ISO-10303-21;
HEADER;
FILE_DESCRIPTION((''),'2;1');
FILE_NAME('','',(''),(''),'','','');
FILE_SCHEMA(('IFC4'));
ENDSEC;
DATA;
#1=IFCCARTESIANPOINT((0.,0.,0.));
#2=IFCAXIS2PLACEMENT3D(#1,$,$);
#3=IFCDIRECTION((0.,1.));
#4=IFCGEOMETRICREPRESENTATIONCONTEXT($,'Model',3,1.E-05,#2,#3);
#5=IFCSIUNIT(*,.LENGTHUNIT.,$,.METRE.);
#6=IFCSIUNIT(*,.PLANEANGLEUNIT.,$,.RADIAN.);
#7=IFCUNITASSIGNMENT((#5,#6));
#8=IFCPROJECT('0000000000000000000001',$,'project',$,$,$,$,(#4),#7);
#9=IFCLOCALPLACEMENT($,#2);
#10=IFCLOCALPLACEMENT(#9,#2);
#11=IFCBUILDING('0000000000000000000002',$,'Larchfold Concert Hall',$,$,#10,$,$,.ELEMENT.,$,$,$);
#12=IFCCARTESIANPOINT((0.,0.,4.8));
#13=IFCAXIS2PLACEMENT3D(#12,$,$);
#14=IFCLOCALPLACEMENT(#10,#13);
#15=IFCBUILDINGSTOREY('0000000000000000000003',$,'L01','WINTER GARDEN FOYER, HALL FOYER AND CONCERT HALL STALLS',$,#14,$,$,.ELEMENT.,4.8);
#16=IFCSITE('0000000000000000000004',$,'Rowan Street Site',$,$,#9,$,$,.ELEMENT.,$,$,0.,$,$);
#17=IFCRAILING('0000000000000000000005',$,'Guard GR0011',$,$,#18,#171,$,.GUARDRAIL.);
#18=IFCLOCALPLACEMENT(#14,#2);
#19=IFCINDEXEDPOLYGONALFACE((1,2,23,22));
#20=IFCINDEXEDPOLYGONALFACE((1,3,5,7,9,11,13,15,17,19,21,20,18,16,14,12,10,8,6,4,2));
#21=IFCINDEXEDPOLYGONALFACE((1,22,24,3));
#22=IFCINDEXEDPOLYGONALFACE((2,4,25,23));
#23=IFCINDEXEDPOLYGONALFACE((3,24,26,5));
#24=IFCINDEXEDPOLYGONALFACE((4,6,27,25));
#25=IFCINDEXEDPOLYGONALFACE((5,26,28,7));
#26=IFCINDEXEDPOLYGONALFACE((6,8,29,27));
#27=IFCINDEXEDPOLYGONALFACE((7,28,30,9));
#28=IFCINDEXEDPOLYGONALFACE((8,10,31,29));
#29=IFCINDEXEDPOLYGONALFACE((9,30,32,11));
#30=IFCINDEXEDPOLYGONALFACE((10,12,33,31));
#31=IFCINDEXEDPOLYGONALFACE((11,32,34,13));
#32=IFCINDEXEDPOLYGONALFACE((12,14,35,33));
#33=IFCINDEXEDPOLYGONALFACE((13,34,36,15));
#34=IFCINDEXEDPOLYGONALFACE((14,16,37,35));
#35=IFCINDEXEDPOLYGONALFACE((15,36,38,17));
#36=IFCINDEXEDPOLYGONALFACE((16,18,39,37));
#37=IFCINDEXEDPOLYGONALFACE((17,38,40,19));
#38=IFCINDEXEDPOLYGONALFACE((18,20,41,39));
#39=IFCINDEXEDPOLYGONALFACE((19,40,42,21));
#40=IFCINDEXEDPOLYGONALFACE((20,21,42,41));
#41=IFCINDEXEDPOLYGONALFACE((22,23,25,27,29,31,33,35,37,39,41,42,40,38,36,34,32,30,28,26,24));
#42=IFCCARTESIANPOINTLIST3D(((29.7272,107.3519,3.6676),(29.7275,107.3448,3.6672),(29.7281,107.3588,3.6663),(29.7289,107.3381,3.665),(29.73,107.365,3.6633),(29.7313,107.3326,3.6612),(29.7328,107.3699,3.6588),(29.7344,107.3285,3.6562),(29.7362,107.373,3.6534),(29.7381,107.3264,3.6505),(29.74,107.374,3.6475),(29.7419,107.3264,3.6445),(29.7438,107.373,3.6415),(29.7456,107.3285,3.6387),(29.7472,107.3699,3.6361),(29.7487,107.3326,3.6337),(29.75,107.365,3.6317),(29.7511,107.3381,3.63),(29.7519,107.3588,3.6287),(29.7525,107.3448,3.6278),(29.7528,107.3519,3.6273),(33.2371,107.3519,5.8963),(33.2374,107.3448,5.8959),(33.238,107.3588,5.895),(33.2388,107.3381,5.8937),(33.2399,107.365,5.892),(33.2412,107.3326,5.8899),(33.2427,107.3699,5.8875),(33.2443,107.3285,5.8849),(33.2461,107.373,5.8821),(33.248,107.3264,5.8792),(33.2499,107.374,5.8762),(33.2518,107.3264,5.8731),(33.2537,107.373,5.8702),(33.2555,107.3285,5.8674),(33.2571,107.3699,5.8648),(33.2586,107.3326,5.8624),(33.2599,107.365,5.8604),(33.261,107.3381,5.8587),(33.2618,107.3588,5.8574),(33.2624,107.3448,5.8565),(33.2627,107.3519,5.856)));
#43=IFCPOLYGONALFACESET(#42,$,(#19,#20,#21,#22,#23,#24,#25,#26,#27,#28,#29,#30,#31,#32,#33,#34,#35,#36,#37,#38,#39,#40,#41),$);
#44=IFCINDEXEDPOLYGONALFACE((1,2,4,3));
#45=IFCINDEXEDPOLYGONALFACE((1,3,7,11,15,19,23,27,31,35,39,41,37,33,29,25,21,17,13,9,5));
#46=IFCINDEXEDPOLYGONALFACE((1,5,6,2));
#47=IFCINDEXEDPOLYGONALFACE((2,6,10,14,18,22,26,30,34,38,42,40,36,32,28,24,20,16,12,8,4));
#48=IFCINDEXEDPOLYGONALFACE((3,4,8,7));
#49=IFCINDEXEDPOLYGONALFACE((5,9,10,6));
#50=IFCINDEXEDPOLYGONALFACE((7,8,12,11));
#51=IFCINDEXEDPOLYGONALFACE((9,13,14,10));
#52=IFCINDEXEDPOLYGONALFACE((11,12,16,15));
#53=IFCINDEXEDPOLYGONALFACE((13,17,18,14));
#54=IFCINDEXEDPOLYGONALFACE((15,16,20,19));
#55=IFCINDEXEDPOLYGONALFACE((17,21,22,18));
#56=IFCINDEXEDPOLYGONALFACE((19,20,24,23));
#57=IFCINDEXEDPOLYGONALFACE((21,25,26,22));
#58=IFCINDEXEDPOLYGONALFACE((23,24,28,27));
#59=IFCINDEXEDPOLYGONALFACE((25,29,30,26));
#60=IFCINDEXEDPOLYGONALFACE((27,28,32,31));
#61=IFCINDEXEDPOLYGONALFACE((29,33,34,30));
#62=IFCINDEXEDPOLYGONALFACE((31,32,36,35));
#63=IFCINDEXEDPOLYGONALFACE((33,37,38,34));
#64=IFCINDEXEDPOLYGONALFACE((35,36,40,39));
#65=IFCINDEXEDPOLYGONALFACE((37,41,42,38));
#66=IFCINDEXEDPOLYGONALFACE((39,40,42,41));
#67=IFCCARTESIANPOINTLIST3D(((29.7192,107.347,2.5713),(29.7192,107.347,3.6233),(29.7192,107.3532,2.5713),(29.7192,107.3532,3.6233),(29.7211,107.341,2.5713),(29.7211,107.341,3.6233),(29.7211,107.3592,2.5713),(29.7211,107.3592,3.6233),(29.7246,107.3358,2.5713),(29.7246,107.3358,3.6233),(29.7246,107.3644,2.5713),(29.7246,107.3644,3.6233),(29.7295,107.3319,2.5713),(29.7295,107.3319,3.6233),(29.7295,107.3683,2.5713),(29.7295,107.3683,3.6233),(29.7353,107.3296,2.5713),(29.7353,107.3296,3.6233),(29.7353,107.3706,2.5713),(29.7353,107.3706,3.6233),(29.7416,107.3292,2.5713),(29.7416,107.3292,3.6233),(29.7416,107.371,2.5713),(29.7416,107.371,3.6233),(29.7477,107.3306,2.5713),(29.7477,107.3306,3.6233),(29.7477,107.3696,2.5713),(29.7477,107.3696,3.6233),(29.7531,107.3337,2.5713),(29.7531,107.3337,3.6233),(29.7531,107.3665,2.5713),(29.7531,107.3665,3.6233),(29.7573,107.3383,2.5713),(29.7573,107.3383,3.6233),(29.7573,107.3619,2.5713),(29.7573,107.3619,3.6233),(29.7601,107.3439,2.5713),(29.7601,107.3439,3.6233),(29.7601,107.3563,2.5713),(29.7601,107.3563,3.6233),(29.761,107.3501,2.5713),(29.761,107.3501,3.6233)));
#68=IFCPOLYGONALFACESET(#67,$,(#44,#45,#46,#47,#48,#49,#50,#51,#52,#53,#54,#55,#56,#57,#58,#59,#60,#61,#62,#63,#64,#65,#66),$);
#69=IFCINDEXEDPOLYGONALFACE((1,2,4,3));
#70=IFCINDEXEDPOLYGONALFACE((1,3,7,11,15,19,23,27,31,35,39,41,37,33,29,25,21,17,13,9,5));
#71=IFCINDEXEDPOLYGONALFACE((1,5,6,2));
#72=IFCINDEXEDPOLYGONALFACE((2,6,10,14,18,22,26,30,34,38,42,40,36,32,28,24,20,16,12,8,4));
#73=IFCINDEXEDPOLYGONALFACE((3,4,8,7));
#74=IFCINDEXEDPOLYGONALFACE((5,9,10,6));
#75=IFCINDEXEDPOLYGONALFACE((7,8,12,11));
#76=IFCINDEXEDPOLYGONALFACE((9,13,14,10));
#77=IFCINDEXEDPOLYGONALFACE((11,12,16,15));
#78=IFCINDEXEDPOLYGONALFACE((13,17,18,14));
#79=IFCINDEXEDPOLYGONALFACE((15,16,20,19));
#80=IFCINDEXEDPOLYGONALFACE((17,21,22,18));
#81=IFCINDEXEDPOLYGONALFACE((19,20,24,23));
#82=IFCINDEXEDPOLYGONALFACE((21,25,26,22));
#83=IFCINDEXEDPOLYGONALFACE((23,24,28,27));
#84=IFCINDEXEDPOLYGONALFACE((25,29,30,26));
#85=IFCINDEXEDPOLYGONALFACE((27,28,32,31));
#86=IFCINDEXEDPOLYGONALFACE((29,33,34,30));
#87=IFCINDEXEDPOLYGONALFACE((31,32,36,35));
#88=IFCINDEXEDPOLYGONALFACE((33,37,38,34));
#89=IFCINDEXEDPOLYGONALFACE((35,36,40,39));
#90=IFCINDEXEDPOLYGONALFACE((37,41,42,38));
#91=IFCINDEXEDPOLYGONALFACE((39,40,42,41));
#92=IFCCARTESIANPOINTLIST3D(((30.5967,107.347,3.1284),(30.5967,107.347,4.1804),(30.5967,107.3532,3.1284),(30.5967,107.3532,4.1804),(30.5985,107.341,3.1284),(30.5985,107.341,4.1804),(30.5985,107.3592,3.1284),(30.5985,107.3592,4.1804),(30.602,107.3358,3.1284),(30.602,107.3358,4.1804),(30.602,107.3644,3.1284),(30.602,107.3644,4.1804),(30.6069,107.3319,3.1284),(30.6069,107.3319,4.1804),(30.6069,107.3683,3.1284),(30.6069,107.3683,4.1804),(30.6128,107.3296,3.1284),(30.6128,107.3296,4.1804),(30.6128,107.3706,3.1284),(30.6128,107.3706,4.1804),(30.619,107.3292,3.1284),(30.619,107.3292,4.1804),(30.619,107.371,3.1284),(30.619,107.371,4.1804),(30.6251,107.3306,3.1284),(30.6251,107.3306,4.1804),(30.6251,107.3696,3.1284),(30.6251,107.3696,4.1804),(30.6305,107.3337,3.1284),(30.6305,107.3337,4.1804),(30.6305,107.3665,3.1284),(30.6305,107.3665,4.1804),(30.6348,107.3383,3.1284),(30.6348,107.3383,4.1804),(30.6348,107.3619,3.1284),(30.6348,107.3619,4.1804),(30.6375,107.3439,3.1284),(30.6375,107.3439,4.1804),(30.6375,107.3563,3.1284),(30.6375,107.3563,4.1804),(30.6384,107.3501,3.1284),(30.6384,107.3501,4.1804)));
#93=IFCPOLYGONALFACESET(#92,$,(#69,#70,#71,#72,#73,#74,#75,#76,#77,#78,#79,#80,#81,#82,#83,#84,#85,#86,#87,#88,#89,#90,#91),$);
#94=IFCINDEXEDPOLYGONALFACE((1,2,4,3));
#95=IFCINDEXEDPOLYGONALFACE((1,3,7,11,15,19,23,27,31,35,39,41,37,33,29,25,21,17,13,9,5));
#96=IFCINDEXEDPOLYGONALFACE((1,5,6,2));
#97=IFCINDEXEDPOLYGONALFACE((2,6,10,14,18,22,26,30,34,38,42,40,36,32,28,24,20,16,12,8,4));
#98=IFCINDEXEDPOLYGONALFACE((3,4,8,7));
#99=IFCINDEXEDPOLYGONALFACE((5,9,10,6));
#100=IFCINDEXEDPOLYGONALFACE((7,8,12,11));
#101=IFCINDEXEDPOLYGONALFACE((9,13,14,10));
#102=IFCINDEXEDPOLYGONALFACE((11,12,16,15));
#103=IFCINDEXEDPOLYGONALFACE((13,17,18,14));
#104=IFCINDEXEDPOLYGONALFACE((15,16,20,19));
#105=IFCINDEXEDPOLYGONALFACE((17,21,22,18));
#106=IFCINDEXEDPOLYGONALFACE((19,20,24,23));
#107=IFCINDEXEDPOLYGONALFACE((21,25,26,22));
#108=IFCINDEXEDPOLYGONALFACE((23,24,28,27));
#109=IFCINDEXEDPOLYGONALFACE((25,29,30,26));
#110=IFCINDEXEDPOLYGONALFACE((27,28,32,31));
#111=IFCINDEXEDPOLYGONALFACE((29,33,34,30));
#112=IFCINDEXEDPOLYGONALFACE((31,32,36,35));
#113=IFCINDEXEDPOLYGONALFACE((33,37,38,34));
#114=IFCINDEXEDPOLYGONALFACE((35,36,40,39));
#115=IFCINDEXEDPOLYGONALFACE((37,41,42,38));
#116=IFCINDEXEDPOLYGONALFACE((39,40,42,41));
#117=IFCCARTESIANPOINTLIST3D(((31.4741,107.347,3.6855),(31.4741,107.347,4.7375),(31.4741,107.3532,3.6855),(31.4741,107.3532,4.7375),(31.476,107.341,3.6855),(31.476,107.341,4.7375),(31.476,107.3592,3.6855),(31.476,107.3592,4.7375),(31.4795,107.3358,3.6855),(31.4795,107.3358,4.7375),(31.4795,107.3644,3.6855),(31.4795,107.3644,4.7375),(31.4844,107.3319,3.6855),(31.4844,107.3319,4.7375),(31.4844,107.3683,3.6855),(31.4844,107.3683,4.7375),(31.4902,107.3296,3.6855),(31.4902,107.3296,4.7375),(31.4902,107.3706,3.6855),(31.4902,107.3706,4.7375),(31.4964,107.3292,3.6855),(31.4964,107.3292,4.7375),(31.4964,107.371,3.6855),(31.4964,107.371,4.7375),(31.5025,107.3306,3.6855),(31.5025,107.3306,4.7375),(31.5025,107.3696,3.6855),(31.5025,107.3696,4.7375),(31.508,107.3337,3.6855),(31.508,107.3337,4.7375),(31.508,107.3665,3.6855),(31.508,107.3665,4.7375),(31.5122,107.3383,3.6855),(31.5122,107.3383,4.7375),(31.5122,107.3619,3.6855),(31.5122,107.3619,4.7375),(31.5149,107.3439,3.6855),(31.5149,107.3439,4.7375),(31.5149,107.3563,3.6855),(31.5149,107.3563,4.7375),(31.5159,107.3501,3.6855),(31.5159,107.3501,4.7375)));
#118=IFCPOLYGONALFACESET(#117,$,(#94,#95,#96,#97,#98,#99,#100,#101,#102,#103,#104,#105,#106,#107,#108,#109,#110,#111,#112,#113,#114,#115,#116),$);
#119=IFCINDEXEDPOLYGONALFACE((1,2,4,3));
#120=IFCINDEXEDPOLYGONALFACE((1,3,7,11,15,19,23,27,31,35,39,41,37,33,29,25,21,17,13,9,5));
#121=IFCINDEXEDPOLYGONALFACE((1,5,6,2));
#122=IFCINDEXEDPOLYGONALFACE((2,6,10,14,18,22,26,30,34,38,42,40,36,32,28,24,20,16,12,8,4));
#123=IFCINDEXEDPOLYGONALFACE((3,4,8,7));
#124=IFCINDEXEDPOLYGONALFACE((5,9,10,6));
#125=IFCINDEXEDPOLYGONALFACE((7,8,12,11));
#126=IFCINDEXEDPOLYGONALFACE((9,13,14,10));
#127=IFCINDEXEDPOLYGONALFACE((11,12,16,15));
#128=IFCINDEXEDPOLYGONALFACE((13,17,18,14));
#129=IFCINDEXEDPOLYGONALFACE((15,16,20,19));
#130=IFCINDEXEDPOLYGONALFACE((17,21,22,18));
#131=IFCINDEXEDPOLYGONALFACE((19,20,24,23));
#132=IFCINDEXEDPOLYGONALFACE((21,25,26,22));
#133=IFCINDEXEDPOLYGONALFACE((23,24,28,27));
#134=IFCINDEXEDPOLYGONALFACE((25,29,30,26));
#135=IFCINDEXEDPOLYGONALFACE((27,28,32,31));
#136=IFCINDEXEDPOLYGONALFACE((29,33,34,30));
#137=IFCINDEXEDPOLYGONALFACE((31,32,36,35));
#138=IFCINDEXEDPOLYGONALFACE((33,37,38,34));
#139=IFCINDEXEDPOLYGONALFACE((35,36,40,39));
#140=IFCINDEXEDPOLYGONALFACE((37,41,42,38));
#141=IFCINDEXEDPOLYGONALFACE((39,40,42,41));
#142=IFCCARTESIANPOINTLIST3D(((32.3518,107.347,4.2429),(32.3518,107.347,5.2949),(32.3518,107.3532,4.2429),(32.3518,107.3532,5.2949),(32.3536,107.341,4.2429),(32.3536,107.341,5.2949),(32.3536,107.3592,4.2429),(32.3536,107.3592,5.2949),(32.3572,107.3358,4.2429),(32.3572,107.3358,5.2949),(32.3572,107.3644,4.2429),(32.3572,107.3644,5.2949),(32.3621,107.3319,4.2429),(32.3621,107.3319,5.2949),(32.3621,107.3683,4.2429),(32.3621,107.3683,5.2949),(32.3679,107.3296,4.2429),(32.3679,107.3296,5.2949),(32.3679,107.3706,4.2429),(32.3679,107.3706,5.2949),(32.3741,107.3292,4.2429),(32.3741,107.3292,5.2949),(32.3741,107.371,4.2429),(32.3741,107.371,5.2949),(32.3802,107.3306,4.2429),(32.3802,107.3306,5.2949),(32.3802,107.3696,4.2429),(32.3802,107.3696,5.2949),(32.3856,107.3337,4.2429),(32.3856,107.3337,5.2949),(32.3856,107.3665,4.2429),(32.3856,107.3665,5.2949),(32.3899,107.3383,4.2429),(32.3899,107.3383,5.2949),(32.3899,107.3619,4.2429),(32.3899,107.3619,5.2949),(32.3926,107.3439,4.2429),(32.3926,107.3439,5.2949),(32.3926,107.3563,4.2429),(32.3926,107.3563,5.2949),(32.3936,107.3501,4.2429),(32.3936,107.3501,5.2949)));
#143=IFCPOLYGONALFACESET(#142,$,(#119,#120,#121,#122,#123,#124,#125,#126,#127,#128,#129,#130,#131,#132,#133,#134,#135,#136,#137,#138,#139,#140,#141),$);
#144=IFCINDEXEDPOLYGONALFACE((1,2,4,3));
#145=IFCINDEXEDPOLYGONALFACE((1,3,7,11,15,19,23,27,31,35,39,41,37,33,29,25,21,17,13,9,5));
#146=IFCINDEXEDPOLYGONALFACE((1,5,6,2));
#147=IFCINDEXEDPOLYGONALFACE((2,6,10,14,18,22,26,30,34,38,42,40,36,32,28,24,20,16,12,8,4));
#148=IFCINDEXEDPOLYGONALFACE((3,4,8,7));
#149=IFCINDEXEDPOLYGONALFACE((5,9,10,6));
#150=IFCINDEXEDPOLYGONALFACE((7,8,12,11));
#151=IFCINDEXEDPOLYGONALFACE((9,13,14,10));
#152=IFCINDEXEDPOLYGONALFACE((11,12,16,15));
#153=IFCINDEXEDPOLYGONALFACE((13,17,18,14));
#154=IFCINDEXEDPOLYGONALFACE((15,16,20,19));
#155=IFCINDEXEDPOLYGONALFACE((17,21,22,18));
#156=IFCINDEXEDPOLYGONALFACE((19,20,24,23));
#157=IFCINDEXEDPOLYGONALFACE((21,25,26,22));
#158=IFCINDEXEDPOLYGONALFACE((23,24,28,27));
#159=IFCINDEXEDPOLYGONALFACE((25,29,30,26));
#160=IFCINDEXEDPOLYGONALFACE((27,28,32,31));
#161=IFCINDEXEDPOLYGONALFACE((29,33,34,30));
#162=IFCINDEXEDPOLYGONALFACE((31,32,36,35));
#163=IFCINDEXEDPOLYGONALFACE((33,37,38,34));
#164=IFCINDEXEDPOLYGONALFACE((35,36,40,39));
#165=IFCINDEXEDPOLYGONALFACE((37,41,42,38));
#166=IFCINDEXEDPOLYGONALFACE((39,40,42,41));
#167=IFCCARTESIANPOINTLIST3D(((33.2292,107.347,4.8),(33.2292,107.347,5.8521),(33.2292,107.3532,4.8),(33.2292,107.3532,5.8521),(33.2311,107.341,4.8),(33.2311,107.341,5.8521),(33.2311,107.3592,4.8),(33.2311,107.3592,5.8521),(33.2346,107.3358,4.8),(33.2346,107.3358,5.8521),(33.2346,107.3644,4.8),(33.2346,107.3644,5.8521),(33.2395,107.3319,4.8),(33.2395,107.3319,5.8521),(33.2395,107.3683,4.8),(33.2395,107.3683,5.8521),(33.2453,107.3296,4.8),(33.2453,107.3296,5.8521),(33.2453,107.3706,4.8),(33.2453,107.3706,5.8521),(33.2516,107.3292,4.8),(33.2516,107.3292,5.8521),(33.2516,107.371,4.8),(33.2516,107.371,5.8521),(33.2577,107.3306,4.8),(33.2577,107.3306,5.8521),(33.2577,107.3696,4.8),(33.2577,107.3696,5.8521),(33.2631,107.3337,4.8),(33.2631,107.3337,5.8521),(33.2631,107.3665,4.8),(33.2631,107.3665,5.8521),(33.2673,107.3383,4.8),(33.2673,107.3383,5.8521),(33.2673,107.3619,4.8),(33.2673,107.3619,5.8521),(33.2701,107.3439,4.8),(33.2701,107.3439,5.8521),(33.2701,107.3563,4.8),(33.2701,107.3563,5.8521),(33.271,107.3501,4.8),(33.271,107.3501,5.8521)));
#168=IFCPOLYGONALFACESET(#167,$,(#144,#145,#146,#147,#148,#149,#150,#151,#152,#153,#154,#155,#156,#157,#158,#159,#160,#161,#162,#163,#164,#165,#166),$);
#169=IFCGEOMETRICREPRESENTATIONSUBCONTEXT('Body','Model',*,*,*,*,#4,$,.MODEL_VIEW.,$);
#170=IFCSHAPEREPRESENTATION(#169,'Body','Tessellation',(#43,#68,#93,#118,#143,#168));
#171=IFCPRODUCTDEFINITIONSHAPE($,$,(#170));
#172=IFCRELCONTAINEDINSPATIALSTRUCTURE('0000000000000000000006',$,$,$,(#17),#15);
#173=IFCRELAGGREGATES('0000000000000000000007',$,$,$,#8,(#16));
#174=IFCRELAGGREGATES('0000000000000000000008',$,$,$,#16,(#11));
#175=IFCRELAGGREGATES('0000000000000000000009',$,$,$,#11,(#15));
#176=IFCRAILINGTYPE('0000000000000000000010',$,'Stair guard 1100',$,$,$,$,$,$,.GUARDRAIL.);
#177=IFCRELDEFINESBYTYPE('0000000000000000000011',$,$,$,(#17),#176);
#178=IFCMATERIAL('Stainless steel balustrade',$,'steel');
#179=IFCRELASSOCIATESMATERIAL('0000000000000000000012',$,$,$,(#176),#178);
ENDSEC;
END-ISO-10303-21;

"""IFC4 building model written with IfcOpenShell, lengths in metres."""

from ifc_helpers import new_model, si_unit, direction, frame, origin, origin_2d, place, context, subcontext, project, spatial, circle, extrude, material, type_object, element, save


model = new_model("IFC4")

# Units and contexts
model_context = context("Model", 3, precision=1e-05, world=origin(), true_north=direction((0.0, 1.0)))
body_context = subcontext(model_context, "Body", "Model", "MODEL_VIEW")
ifc_project = project(units=[si_unit("LENGTHUNIT", "METRE"), si_unit("PLANEANGLEUNIT", "RADIAN")], contexts=[model_context])

# Site, building, storey
site_placement = place(None, origin())
site = spatial("IfcSite", under=ifc_project, at=site_placement, Name="Rowan Street Site", CompositionType="ELEMENT", RefElevation=0.0)
building_placement = place(site_placement, origin())
building = spatial("IfcBuilding", under=site, at=building_placement, Name="Larchfold Concert Hall", CompositionType="ELEMENT")
storey_placement = place(building_placement, frame((0.0, 0.0, 4.8)))
storey = spatial("IfcBuildingStorey", under=building, at=storey_placement, Name="L01", Description="WINTER GARDEN FOYER, HALL FOYER AND CONCERT HALL STALLS", CompositionType="ELEMENT", Elevation=4.8)

# Railing
ifc_material_1 = material(Name="Stainless steel balustrade", Category="steel")
railing_type_1 = type_object("IfcRailingType", Name="Stair guard 1100", PredefinedType="GUARDRAIL", material=ifc_material_1)
railing_1_placement = place(storey_placement, frame((29.74, 107.3501, 2.5713)))
element("IfcRailing", 1, at=railing_1_placement, inside=storey, type_object=railing_type_1, Name="Guard GR0011", PredefinedType="GUARDRAIL", context=body_context, shape_type="SweptSolid", body=[
    extrude(circle(Radius=0.0239, at=origin_2d()), frame((0.0, 0.0, 1.0762), z_axis=(0.844193, 0.0, 0.536039), x_axis=(0.0, 1.0, 0.0)), (0.0, 0.0, 1.0), 4.1577),
    extrude(circle(Radius=0.021, at=origin_2d()), origin(), (0.0, 0.0, 1.0), 1.052),
    extrude(circle(Radius=0.021, at=origin_2d()), frame((0.8774, 0.0, 0.5571)), (0.0, 0.0, 1.0), 1.052),
    extrude(circle(Radius=0.021, at=origin_2d()), frame((1.7549, 0.0, 1.1143)), (0.0, 0.0, 1.0), 1.052),
    extrude(circle(Radius=0.021, at=origin_2d()), frame((2.6326, 0.0, 1.6716)), (0.0, 0.0, 1.0), 1.052),
    extrude(circle(Radius=0.021, at=origin_2d()), frame((3.51, 0.0, 2.2288)), (0.0, 0.0, 1.0), 1.052),
])

save(model, "model.ifc")
